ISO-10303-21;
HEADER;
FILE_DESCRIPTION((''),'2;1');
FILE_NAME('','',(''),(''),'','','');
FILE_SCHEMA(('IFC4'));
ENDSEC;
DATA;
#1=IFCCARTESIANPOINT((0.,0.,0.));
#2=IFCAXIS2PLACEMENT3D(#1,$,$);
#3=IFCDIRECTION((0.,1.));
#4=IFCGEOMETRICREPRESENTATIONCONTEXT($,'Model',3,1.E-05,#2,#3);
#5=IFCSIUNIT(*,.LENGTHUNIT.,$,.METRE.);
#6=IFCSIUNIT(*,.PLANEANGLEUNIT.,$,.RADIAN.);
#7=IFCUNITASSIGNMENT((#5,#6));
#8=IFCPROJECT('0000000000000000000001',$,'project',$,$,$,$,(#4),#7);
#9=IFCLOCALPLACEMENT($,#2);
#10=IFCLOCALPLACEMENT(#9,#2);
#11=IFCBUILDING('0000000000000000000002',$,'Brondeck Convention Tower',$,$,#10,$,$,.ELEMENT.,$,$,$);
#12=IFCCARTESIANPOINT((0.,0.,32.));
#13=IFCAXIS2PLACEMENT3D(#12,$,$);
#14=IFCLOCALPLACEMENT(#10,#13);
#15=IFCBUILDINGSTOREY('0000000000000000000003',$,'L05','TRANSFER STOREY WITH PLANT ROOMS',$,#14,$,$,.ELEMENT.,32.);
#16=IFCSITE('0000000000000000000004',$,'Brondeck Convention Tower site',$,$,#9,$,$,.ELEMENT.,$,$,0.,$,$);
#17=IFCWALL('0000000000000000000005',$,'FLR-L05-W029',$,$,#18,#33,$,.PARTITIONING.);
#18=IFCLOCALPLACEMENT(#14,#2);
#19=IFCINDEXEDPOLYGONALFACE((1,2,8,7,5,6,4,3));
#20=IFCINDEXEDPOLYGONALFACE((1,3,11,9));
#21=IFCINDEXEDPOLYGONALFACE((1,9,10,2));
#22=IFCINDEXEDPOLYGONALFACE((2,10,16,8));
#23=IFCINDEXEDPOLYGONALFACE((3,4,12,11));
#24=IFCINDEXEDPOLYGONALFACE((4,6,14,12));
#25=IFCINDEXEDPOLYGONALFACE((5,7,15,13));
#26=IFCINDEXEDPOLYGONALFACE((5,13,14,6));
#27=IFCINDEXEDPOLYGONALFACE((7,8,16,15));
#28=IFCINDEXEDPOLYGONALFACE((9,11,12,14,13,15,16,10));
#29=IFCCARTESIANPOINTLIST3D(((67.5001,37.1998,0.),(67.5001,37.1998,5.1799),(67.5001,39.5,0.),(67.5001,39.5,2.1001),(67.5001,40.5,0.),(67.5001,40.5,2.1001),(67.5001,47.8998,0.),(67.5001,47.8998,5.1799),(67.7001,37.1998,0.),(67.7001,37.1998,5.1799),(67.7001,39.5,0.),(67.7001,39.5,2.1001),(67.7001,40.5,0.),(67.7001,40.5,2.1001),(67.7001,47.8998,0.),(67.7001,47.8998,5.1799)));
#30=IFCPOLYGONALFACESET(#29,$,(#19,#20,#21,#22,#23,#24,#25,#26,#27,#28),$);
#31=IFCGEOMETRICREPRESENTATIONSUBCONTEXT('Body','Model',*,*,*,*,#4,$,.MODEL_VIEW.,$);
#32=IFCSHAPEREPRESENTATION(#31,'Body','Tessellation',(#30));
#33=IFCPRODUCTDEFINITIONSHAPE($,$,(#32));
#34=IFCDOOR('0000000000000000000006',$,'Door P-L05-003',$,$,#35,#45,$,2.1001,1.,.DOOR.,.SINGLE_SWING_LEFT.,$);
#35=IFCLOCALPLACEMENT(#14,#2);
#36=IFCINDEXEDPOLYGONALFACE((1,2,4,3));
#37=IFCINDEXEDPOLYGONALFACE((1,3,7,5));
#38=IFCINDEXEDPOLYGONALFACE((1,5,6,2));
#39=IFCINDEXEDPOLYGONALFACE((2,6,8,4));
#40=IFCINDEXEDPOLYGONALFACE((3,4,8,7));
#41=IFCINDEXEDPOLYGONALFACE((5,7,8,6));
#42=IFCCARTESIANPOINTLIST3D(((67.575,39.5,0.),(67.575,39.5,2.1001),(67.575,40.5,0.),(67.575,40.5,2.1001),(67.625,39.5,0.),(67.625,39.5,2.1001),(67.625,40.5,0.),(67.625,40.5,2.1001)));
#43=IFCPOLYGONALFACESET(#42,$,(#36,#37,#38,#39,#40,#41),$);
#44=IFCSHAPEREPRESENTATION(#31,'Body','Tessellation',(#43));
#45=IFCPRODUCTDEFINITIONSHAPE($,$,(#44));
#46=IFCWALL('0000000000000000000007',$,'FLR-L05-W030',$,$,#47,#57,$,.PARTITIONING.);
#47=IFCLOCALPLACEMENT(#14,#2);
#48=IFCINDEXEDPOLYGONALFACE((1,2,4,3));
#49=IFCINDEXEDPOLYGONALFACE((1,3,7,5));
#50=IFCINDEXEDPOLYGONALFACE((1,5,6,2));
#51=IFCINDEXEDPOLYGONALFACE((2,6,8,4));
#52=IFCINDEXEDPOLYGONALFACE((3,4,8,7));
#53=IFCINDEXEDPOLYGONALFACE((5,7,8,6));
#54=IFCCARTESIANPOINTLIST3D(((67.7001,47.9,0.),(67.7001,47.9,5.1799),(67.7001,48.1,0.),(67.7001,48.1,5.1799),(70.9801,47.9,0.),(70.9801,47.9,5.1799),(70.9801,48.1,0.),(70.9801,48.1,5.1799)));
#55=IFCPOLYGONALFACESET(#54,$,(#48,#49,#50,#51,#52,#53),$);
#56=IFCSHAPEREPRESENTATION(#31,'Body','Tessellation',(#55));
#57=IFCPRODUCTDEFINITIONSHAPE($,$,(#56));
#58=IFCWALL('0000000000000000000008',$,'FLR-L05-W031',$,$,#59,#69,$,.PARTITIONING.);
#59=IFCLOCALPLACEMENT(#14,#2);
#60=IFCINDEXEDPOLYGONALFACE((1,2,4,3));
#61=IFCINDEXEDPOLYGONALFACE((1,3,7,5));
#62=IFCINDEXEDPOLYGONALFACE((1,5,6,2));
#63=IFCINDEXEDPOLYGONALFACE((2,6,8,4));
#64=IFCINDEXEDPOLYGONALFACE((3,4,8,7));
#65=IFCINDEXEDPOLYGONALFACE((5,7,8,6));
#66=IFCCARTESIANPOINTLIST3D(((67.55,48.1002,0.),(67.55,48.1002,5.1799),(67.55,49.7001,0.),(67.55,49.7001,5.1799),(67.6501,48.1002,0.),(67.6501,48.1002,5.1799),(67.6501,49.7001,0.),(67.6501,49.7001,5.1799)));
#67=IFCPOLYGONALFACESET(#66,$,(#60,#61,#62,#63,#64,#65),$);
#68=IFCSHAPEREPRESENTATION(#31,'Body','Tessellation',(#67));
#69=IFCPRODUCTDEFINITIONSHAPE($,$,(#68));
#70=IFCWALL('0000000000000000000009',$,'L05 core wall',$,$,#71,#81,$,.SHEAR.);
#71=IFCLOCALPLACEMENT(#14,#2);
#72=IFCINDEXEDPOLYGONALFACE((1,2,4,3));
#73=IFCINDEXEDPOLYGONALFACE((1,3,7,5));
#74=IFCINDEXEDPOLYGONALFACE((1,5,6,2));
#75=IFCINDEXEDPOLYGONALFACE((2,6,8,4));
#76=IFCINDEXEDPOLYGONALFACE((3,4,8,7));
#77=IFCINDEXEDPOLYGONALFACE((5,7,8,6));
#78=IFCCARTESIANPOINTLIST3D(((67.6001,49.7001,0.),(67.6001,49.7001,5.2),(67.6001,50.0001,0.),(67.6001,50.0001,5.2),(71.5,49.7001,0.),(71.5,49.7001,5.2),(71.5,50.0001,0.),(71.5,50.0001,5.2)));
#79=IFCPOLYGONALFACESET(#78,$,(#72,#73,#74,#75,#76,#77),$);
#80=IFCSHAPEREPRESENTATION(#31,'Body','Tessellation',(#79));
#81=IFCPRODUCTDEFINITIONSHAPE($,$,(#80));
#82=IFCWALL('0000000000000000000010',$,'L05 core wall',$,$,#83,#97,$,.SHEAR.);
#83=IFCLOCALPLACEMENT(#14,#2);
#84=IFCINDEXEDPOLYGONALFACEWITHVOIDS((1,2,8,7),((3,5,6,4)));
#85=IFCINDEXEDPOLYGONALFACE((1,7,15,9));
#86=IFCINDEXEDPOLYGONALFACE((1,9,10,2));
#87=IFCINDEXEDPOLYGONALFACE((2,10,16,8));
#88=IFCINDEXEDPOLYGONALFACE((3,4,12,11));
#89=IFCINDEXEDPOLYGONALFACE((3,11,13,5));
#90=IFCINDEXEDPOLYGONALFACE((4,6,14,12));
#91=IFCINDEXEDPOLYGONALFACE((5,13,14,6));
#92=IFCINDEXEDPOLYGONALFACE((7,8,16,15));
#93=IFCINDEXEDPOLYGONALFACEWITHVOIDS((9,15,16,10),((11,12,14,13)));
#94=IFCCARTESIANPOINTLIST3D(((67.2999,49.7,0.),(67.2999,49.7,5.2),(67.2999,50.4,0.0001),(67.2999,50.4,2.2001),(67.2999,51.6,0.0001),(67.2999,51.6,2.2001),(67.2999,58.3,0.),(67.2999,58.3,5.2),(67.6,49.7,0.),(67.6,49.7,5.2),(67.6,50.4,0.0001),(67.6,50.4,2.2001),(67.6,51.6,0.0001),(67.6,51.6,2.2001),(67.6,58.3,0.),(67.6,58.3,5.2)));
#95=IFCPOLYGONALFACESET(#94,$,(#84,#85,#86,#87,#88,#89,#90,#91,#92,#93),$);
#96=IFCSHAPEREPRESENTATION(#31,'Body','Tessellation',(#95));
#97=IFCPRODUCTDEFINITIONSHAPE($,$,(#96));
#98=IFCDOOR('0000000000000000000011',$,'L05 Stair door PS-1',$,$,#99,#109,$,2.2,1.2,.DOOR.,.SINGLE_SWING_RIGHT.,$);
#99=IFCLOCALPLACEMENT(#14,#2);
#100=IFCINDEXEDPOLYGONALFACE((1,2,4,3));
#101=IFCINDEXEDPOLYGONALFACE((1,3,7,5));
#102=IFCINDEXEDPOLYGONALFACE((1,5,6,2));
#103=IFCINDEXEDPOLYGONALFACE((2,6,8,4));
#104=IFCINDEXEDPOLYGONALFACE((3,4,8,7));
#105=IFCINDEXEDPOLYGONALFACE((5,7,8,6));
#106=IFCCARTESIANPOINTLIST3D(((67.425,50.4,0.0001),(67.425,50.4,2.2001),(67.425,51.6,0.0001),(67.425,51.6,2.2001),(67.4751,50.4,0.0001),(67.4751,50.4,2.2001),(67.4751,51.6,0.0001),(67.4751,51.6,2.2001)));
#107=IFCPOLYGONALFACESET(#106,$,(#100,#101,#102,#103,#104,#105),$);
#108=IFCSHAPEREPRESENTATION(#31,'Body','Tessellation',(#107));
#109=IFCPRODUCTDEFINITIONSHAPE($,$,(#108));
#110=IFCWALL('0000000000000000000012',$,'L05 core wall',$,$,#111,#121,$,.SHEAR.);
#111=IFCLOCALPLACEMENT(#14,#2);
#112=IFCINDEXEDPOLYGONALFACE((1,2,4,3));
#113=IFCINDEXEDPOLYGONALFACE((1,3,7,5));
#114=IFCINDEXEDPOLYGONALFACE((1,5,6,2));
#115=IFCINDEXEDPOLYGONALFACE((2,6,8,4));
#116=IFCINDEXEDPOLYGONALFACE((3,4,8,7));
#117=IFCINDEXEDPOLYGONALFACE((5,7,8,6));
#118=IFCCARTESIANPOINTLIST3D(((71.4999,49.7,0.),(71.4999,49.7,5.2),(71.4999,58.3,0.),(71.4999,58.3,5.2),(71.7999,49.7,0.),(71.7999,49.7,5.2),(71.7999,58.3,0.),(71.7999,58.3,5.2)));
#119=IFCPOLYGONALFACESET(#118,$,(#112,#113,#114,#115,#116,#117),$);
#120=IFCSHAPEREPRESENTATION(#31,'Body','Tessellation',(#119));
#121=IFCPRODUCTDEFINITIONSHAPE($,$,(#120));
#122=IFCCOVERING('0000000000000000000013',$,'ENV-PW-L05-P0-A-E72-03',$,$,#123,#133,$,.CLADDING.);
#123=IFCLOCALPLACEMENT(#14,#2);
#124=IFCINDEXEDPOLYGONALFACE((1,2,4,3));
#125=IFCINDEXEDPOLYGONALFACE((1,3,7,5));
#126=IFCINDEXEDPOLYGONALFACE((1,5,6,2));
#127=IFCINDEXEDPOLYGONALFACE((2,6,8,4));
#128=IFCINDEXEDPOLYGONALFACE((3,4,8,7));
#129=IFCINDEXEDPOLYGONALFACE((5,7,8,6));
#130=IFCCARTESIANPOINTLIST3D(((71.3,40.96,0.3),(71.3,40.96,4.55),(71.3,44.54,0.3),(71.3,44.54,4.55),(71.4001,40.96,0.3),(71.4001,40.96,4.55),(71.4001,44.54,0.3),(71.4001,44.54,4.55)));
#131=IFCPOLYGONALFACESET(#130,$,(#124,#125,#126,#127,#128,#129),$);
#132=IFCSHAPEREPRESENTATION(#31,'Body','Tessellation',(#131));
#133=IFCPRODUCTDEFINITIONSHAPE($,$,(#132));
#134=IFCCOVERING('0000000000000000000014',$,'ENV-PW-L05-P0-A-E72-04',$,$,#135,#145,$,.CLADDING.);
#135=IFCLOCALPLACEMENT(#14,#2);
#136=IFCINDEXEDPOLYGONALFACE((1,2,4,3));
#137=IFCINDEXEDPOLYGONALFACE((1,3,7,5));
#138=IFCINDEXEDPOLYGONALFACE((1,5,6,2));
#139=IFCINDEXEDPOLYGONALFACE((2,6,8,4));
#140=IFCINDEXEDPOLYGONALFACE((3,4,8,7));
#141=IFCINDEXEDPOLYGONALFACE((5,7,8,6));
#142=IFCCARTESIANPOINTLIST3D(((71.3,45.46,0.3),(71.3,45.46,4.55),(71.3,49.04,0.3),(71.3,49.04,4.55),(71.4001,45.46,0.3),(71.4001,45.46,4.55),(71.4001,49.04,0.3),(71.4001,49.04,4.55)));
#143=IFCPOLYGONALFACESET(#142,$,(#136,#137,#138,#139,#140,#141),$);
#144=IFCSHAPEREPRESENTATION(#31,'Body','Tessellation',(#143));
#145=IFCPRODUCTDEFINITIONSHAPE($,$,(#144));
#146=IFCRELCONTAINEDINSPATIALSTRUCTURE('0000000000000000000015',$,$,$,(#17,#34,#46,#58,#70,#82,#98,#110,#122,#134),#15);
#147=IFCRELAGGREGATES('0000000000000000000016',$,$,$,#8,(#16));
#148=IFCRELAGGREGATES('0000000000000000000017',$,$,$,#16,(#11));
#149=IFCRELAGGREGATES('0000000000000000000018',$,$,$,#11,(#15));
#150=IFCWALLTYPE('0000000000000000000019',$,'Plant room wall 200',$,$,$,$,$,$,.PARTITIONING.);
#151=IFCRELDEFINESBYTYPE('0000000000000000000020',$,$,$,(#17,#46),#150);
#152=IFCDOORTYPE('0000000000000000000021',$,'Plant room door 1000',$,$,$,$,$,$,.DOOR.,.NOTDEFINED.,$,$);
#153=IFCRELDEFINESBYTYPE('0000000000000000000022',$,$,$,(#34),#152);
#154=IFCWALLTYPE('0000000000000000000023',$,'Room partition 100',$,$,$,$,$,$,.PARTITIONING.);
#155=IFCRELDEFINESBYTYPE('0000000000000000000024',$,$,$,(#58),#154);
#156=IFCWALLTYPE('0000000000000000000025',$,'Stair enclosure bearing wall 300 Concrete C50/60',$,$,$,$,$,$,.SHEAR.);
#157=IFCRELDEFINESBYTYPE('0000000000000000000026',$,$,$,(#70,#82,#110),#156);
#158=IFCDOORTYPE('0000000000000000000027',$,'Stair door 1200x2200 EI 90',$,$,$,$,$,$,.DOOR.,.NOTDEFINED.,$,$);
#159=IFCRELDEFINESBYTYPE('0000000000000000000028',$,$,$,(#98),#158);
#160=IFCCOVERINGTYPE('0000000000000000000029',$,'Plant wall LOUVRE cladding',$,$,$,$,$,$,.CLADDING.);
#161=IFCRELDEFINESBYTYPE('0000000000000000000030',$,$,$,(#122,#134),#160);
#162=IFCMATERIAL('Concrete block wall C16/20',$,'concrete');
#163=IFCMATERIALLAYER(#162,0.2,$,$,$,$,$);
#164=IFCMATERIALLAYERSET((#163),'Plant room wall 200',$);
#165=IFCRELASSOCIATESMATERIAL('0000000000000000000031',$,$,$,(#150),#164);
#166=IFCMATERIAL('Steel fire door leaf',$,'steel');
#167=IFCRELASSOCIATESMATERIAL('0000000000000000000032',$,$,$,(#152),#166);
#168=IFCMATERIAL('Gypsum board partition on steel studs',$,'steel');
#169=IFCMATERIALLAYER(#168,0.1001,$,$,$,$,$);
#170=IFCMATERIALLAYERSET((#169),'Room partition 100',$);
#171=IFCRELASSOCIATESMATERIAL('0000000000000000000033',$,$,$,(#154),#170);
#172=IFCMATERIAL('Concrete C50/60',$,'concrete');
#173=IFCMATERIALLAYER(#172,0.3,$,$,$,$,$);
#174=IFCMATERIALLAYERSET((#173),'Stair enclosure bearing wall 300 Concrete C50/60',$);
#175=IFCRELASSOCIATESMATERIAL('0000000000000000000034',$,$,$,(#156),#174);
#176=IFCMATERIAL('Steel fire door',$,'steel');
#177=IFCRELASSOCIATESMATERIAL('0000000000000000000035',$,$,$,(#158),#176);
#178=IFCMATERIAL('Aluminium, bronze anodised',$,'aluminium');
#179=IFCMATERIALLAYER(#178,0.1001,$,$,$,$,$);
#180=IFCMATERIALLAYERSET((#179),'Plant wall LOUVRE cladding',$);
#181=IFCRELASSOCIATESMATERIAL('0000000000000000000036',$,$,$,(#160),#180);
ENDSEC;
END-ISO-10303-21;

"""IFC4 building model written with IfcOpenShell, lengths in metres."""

from ifc_helpers import new_model, si_unit, direction, frame, frame_2d, origin, origin_2d, place, context, subcontext, project, spatial, rectangle, extrude, material, layer, layer_set, type_object, element, fill, save


model = new_model("IFC4")

# Units and contexts
model_context = context("Model", 3, precision=1e-05, world=origin(), true_north=direction((0.0, 1.0)))
body_context = subcontext(model_context, "Body", "Model", "MODEL_VIEW")
ifc_project = project(units=[si_unit("LENGTHUNIT", "METRE"), si_unit("PLANEANGLEUNIT", "RADIAN")], contexts=[model_context])

# Site, building, storey
site_placement = place(None, origin())
site = spatial("IfcSite", under=ifc_project, at=site_placement, Name="Brondeck Convention Tower site", CompositionType="ELEMENT", RefElevation=0.0)
building_placement = place(site_placement, origin())
building = spatial("IfcBuilding", under=site, at=building_placement, Name="Brondeck Convention Tower", CompositionType="ELEMENT")
storey_placement = place(building_placement, frame((0.0, 0.0, 32.0)))
storey = spatial("IfcBuildingStorey", under=building, at=storey_placement, Name="L05", Description="TRANSFER STOREY WITH PLANT ROOMS", CompositionType="ELEMENT", Elevation=32.0)

# Wall, opening, door
ifc_material_1 = material(Name="Concrete block wall C16/20", Category="concrete")
ifc_layer_1 = layer(ifc_material_1, 0.2)
ifc_layer_set_1 = layer_set([ifc_layer_1], Name="Plant room wall 200")
wall_type_1 = type_object("IfcWallType", Name="Plant room wall 200", PredefinedType="PARTITIONING", material=ifc_layer_set_1)
wall_1_placement = place(storey_placement, frame((67.6001, 47.8999, 0.0), z_axis=(0.0, 0.0, 1.0), x_axis=(0.0, -1.0, 0.0)))
wall_1 = element("IfcWall", 1, at=wall_1_placement, inside=storey, type_object=wall_type_1, Name="FLR-L05-W029", PredefinedType="PARTITIONING", context=body_context, shape_type="SweptSolid", body=[
    extrude(rectangle(XDim=10.7, YDim=0.2, at=frame_2d((5.3501, 0.0))), origin(), (0.0, 0.0, 1.0), 5.1799),
])
opening_1_placement = place(wall_1_placement, frame((7.3999, 0.0, 0.0)))
opening_1 = element("IfcOpeningElement", 2, at=opening_1_placement, cuts=wall_1, PredefinedType="OPENING", context=body_context, shape_type="SweptSolid", body=[
    extrude(rectangle(XDim=1.0, YDim=2.1001, at=frame_2d((0.5, 1.05))), frame((0.0, 0.1099, 0.0), z_axis=(0.0, -1.0, 0.0), x_axis=(1.0, 0.0, 0.0)), (0.0, 0.0, 1.0), 0.22),
])
ifc_material_2 = material(Name="Steel fire door leaf", Category="steel")
door_type_1 = type_object("IfcDoorType", Name="Plant room door 1000", OperationType="NOTDEFINED", PredefinedType="DOOR", material=ifc_material_2)
door_1_placement = place(opening_1_placement, origin())
door_1 = element("IfcDoor", 3, at=door_1_placement, inside=storey, type_object=door_type_1, Name="Door P-L05-003", OperationType="SINGLE_SWING_LEFT", OverallHeight=2.1001, OverallWidth=1.0, PredefinedType="DOOR", context=body_context, shape_type="SweptSolid", body=[
    extrude(rectangle(XDim=1.0, YDim=2.1001, at=frame_2d((0.5, 1.05))), frame((0.0, 0.0249, 0.0), z_axis=(0.0, -1.0, 0.0), x_axis=(1.0, 0.0, 0.0)), (0.0, 0.0, 1.0), 0.05),
])
fill(opening_1, door_1)

# Walls
wall_2_placement = place(storey_placement, frame((67.7, 48.0, 0.0), z_axis=(0.0, 0.0, 1.0), x_axis=(1.0, 0.0, 0.0)))
element("IfcWall", 4, at=wall_2_placement, inside=storey, type_object=wall_type_1, Name="FLR-L05-W030", PredefinedType="PARTITIONING", context=body_context, shape_type="SweptSolid", body=[
    extrude(rectangle(XDim=3.28, YDim=0.2, at=frame_2d((1.6401, 0.0))), origin(), (0.0, 0.0, 1.0), 5.1799),
])
ifc_material_3 = material(Name="Gypsum board partition on steel studs", Category="steel")
ifc_layer_2 = layer(ifc_material_3, 0.1001)
ifc_layer_set_2 = layer_set([ifc_layer_2], Name="Room partition 100")
wall_type_2 = type_object("IfcWallType", Name="Room partition 100", PredefinedType="PARTITIONING", material=ifc_layer_set_2)
wall_3_placement = place(storey_placement, frame((67.6001, 49.7, 0.0), z_axis=(0.0, 0.0, 1.0), x_axis=(0.0, -1.0, 0.0)))
element("IfcWall", 5, at=wall_3_placement, inside=storey, type_object=wall_type_2, Name="FLR-L05-W031", PredefinedType="PARTITIONING", context=body_context, shape_type="SweptSolid", body=[
    extrude(rectangle(XDim=1.5999, YDim=0.1001, at=frame_2d((0.7998, 0.0))), origin(), (0.0, 0.0, 1.0), 5.1799),
])
ifc_material_4 = material(Name="Concrete C50/60", Category="concrete")
ifc_layer_3 = layer(ifc_material_4, 0.3)
ifc_layer_set_3 = layer_set([ifc_layer_3], Name="Stair enclosure bearing wall 300 Concrete C50/60")
wall_type_3 = type_object("IfcWallType", Name="Stair enclosure bearing wall 300 Concrete C50/60", PredefinedType="SHEAR", material=ifc_layer_set_3)
wall_4_placement = place(storey_placement, frame((67.6001, 49.8501, 0.0), z_axis=(0.0, 0.0, 1.0), x_axis=(1.0, 0.0, 0.0)))
element("IfcWall", 6, at=wall_4_placement, inside=storey, type_object=wall_type_3, Name="L05 core wall", PredefinedType="SHEAR", context=body_context, shape_type="SweptSolid", body=[
    extrude(rectangle(XDim=3.8999, YDim=0.3, at=frame_2d((1.95, 0.0))), origin(), (0.0, 0.0, 1.0), 5.2),
])

# Wall, opening, door
wall_5_placement = place(storey_placement, frame((67.45, 49.7, 0.0), z_axis=(0.0, 0.0, 1.0), x_axis=(0.0, 1.0, 0.0)))
wall_5 = element("IfcWall", 7, at=wall_5_placement, inside=storey, type_object=wall_type_3, Name="L05 core wall", PredefinedType="SHEAR", context=body_context, shape_type="SweptSolid", body=[
    extrude(rectangle(XDim=8.6001, YDim=0.3, at=frame_2d((4.3, 0.0))), origin(), (0.0, 0.0, 1.0), 5.2),
])
opening_2_placement = place(wall_5_placement, frame((0.7, 0.0, 0.0)))
opening_2 = element("IfcOpeningElement", 8, at=opening_2_placement, cuts=wall_5, PredefinedType="OPENING", context=body_context, shape_type="SweptSolid", body=[
    extrude(rectangle(XDim=1.2, YDim=2.2, at=frame_2d((0.6001, 1.1001))), frame((0.0, 0.1599, 0.0), z_axis=(0.0, -1.0, 0.0), x_axis=(1.0, 0.0, 0.0)), (0.0, 0.0, 1.0), 0.3201),
])
ifc_material_5 = material(Name="Steel fire door", Category="steel")
door_type_2 = type_object("IfcDoorType", Name="Stair door 1200x2200 EI 90", OperationType="NOTDEFINED", PredefinedType="DOOR", material=ifc_material_5)
door_2_placement = place(opening_2_placement, origin())
door_2 = element("IfcDoor", 9, at=door_2_placement, inside=storey, type_object=door_type_2, Name="L05 Stair door PS-1", OperationType="SINGLE_SWING_RIGHT", OverallHeight=2.2, OverallWidth=1.2, PredefinedType="DOOR", context=body_context, shape_type="SweptSolid", body=[
    extrude(rectangle(XDim=1.2, YDim=2.2, at=frame_2d((0.6001, 1.1001))), frame((0.0, 0.0249, 0.0), z_axis=(0.0, -1.0, 0.0), x_axis=(1.0, 0.0, 0.0)), (0.0, 0.0, 1.0), 0.05),
])
fill(opening_2, door_2)

# Wall
wall_6_placement = place(storey_placement, frame((71.6499, 49.7, 0.0), z_axis=(0.0, 0.0, 1.0), x_axis=(0.0, 1.0, 0.0)))
element("IfcWall", 10, at=wall_6_placement, inside=storey, type_object=wall_type_3, Name="L05 core wall", PredefinedType="SHEAR", context=body_context, shape_type="SweptSolid", body=[
    extrude(rectangle(XDim=8.6001, YDim=0.3, at=frame_2d((4.3, 0.0))), origin(), (0.0, 0.0, 1.0), 5.2),
])

# Coverings
ifc_material_6 = material(Name="Aluminium, bronze anodised", Category="aluminium")
ifc_layer_4 = layer(ifc_material_6, 0.1001)
ifc_layer_set_4 = layer_set([ifc_layer_4], Name="Plant wall LOUVRE cladding")
covering_type = type_object("IfcCoveringType", Name="Plant wall LOUVRE cladding", PredefinedType="CLADDING", material=ifc_layer_set_4)
for number, where, z_axis, x_axis, name in (
    (11, (71.3501, 42.75, 0.3), (0.0, 0.0, 1.0), (0.0, 1.0, 0.0), "ENV-PW-L05-P0-A-E72-03"),
    (12, (71.3501, 47.25, 0.3), (0.0, 0.0, 1.0), (0.0, 1.0, 0.0), "ENV-PW-L05-P0-A-E72-04"),
):
    element("IfcCovering", number, at=place(storey_placement, frame(where, z_axis=z_axis, x_axis=x_axis)), inside=storey, type_object=covering_type, Name=name, PredefinedType="CLADDING", context=body_context, shape_type="SweptSolid", body=[
        extrude(rectangle(XDim=3.5801, YDim=0.1001, at=origin_2d()), origin(), (0.0, 0.0, 1.0), 4.25),
    ])

save(model, "model.ifc")
